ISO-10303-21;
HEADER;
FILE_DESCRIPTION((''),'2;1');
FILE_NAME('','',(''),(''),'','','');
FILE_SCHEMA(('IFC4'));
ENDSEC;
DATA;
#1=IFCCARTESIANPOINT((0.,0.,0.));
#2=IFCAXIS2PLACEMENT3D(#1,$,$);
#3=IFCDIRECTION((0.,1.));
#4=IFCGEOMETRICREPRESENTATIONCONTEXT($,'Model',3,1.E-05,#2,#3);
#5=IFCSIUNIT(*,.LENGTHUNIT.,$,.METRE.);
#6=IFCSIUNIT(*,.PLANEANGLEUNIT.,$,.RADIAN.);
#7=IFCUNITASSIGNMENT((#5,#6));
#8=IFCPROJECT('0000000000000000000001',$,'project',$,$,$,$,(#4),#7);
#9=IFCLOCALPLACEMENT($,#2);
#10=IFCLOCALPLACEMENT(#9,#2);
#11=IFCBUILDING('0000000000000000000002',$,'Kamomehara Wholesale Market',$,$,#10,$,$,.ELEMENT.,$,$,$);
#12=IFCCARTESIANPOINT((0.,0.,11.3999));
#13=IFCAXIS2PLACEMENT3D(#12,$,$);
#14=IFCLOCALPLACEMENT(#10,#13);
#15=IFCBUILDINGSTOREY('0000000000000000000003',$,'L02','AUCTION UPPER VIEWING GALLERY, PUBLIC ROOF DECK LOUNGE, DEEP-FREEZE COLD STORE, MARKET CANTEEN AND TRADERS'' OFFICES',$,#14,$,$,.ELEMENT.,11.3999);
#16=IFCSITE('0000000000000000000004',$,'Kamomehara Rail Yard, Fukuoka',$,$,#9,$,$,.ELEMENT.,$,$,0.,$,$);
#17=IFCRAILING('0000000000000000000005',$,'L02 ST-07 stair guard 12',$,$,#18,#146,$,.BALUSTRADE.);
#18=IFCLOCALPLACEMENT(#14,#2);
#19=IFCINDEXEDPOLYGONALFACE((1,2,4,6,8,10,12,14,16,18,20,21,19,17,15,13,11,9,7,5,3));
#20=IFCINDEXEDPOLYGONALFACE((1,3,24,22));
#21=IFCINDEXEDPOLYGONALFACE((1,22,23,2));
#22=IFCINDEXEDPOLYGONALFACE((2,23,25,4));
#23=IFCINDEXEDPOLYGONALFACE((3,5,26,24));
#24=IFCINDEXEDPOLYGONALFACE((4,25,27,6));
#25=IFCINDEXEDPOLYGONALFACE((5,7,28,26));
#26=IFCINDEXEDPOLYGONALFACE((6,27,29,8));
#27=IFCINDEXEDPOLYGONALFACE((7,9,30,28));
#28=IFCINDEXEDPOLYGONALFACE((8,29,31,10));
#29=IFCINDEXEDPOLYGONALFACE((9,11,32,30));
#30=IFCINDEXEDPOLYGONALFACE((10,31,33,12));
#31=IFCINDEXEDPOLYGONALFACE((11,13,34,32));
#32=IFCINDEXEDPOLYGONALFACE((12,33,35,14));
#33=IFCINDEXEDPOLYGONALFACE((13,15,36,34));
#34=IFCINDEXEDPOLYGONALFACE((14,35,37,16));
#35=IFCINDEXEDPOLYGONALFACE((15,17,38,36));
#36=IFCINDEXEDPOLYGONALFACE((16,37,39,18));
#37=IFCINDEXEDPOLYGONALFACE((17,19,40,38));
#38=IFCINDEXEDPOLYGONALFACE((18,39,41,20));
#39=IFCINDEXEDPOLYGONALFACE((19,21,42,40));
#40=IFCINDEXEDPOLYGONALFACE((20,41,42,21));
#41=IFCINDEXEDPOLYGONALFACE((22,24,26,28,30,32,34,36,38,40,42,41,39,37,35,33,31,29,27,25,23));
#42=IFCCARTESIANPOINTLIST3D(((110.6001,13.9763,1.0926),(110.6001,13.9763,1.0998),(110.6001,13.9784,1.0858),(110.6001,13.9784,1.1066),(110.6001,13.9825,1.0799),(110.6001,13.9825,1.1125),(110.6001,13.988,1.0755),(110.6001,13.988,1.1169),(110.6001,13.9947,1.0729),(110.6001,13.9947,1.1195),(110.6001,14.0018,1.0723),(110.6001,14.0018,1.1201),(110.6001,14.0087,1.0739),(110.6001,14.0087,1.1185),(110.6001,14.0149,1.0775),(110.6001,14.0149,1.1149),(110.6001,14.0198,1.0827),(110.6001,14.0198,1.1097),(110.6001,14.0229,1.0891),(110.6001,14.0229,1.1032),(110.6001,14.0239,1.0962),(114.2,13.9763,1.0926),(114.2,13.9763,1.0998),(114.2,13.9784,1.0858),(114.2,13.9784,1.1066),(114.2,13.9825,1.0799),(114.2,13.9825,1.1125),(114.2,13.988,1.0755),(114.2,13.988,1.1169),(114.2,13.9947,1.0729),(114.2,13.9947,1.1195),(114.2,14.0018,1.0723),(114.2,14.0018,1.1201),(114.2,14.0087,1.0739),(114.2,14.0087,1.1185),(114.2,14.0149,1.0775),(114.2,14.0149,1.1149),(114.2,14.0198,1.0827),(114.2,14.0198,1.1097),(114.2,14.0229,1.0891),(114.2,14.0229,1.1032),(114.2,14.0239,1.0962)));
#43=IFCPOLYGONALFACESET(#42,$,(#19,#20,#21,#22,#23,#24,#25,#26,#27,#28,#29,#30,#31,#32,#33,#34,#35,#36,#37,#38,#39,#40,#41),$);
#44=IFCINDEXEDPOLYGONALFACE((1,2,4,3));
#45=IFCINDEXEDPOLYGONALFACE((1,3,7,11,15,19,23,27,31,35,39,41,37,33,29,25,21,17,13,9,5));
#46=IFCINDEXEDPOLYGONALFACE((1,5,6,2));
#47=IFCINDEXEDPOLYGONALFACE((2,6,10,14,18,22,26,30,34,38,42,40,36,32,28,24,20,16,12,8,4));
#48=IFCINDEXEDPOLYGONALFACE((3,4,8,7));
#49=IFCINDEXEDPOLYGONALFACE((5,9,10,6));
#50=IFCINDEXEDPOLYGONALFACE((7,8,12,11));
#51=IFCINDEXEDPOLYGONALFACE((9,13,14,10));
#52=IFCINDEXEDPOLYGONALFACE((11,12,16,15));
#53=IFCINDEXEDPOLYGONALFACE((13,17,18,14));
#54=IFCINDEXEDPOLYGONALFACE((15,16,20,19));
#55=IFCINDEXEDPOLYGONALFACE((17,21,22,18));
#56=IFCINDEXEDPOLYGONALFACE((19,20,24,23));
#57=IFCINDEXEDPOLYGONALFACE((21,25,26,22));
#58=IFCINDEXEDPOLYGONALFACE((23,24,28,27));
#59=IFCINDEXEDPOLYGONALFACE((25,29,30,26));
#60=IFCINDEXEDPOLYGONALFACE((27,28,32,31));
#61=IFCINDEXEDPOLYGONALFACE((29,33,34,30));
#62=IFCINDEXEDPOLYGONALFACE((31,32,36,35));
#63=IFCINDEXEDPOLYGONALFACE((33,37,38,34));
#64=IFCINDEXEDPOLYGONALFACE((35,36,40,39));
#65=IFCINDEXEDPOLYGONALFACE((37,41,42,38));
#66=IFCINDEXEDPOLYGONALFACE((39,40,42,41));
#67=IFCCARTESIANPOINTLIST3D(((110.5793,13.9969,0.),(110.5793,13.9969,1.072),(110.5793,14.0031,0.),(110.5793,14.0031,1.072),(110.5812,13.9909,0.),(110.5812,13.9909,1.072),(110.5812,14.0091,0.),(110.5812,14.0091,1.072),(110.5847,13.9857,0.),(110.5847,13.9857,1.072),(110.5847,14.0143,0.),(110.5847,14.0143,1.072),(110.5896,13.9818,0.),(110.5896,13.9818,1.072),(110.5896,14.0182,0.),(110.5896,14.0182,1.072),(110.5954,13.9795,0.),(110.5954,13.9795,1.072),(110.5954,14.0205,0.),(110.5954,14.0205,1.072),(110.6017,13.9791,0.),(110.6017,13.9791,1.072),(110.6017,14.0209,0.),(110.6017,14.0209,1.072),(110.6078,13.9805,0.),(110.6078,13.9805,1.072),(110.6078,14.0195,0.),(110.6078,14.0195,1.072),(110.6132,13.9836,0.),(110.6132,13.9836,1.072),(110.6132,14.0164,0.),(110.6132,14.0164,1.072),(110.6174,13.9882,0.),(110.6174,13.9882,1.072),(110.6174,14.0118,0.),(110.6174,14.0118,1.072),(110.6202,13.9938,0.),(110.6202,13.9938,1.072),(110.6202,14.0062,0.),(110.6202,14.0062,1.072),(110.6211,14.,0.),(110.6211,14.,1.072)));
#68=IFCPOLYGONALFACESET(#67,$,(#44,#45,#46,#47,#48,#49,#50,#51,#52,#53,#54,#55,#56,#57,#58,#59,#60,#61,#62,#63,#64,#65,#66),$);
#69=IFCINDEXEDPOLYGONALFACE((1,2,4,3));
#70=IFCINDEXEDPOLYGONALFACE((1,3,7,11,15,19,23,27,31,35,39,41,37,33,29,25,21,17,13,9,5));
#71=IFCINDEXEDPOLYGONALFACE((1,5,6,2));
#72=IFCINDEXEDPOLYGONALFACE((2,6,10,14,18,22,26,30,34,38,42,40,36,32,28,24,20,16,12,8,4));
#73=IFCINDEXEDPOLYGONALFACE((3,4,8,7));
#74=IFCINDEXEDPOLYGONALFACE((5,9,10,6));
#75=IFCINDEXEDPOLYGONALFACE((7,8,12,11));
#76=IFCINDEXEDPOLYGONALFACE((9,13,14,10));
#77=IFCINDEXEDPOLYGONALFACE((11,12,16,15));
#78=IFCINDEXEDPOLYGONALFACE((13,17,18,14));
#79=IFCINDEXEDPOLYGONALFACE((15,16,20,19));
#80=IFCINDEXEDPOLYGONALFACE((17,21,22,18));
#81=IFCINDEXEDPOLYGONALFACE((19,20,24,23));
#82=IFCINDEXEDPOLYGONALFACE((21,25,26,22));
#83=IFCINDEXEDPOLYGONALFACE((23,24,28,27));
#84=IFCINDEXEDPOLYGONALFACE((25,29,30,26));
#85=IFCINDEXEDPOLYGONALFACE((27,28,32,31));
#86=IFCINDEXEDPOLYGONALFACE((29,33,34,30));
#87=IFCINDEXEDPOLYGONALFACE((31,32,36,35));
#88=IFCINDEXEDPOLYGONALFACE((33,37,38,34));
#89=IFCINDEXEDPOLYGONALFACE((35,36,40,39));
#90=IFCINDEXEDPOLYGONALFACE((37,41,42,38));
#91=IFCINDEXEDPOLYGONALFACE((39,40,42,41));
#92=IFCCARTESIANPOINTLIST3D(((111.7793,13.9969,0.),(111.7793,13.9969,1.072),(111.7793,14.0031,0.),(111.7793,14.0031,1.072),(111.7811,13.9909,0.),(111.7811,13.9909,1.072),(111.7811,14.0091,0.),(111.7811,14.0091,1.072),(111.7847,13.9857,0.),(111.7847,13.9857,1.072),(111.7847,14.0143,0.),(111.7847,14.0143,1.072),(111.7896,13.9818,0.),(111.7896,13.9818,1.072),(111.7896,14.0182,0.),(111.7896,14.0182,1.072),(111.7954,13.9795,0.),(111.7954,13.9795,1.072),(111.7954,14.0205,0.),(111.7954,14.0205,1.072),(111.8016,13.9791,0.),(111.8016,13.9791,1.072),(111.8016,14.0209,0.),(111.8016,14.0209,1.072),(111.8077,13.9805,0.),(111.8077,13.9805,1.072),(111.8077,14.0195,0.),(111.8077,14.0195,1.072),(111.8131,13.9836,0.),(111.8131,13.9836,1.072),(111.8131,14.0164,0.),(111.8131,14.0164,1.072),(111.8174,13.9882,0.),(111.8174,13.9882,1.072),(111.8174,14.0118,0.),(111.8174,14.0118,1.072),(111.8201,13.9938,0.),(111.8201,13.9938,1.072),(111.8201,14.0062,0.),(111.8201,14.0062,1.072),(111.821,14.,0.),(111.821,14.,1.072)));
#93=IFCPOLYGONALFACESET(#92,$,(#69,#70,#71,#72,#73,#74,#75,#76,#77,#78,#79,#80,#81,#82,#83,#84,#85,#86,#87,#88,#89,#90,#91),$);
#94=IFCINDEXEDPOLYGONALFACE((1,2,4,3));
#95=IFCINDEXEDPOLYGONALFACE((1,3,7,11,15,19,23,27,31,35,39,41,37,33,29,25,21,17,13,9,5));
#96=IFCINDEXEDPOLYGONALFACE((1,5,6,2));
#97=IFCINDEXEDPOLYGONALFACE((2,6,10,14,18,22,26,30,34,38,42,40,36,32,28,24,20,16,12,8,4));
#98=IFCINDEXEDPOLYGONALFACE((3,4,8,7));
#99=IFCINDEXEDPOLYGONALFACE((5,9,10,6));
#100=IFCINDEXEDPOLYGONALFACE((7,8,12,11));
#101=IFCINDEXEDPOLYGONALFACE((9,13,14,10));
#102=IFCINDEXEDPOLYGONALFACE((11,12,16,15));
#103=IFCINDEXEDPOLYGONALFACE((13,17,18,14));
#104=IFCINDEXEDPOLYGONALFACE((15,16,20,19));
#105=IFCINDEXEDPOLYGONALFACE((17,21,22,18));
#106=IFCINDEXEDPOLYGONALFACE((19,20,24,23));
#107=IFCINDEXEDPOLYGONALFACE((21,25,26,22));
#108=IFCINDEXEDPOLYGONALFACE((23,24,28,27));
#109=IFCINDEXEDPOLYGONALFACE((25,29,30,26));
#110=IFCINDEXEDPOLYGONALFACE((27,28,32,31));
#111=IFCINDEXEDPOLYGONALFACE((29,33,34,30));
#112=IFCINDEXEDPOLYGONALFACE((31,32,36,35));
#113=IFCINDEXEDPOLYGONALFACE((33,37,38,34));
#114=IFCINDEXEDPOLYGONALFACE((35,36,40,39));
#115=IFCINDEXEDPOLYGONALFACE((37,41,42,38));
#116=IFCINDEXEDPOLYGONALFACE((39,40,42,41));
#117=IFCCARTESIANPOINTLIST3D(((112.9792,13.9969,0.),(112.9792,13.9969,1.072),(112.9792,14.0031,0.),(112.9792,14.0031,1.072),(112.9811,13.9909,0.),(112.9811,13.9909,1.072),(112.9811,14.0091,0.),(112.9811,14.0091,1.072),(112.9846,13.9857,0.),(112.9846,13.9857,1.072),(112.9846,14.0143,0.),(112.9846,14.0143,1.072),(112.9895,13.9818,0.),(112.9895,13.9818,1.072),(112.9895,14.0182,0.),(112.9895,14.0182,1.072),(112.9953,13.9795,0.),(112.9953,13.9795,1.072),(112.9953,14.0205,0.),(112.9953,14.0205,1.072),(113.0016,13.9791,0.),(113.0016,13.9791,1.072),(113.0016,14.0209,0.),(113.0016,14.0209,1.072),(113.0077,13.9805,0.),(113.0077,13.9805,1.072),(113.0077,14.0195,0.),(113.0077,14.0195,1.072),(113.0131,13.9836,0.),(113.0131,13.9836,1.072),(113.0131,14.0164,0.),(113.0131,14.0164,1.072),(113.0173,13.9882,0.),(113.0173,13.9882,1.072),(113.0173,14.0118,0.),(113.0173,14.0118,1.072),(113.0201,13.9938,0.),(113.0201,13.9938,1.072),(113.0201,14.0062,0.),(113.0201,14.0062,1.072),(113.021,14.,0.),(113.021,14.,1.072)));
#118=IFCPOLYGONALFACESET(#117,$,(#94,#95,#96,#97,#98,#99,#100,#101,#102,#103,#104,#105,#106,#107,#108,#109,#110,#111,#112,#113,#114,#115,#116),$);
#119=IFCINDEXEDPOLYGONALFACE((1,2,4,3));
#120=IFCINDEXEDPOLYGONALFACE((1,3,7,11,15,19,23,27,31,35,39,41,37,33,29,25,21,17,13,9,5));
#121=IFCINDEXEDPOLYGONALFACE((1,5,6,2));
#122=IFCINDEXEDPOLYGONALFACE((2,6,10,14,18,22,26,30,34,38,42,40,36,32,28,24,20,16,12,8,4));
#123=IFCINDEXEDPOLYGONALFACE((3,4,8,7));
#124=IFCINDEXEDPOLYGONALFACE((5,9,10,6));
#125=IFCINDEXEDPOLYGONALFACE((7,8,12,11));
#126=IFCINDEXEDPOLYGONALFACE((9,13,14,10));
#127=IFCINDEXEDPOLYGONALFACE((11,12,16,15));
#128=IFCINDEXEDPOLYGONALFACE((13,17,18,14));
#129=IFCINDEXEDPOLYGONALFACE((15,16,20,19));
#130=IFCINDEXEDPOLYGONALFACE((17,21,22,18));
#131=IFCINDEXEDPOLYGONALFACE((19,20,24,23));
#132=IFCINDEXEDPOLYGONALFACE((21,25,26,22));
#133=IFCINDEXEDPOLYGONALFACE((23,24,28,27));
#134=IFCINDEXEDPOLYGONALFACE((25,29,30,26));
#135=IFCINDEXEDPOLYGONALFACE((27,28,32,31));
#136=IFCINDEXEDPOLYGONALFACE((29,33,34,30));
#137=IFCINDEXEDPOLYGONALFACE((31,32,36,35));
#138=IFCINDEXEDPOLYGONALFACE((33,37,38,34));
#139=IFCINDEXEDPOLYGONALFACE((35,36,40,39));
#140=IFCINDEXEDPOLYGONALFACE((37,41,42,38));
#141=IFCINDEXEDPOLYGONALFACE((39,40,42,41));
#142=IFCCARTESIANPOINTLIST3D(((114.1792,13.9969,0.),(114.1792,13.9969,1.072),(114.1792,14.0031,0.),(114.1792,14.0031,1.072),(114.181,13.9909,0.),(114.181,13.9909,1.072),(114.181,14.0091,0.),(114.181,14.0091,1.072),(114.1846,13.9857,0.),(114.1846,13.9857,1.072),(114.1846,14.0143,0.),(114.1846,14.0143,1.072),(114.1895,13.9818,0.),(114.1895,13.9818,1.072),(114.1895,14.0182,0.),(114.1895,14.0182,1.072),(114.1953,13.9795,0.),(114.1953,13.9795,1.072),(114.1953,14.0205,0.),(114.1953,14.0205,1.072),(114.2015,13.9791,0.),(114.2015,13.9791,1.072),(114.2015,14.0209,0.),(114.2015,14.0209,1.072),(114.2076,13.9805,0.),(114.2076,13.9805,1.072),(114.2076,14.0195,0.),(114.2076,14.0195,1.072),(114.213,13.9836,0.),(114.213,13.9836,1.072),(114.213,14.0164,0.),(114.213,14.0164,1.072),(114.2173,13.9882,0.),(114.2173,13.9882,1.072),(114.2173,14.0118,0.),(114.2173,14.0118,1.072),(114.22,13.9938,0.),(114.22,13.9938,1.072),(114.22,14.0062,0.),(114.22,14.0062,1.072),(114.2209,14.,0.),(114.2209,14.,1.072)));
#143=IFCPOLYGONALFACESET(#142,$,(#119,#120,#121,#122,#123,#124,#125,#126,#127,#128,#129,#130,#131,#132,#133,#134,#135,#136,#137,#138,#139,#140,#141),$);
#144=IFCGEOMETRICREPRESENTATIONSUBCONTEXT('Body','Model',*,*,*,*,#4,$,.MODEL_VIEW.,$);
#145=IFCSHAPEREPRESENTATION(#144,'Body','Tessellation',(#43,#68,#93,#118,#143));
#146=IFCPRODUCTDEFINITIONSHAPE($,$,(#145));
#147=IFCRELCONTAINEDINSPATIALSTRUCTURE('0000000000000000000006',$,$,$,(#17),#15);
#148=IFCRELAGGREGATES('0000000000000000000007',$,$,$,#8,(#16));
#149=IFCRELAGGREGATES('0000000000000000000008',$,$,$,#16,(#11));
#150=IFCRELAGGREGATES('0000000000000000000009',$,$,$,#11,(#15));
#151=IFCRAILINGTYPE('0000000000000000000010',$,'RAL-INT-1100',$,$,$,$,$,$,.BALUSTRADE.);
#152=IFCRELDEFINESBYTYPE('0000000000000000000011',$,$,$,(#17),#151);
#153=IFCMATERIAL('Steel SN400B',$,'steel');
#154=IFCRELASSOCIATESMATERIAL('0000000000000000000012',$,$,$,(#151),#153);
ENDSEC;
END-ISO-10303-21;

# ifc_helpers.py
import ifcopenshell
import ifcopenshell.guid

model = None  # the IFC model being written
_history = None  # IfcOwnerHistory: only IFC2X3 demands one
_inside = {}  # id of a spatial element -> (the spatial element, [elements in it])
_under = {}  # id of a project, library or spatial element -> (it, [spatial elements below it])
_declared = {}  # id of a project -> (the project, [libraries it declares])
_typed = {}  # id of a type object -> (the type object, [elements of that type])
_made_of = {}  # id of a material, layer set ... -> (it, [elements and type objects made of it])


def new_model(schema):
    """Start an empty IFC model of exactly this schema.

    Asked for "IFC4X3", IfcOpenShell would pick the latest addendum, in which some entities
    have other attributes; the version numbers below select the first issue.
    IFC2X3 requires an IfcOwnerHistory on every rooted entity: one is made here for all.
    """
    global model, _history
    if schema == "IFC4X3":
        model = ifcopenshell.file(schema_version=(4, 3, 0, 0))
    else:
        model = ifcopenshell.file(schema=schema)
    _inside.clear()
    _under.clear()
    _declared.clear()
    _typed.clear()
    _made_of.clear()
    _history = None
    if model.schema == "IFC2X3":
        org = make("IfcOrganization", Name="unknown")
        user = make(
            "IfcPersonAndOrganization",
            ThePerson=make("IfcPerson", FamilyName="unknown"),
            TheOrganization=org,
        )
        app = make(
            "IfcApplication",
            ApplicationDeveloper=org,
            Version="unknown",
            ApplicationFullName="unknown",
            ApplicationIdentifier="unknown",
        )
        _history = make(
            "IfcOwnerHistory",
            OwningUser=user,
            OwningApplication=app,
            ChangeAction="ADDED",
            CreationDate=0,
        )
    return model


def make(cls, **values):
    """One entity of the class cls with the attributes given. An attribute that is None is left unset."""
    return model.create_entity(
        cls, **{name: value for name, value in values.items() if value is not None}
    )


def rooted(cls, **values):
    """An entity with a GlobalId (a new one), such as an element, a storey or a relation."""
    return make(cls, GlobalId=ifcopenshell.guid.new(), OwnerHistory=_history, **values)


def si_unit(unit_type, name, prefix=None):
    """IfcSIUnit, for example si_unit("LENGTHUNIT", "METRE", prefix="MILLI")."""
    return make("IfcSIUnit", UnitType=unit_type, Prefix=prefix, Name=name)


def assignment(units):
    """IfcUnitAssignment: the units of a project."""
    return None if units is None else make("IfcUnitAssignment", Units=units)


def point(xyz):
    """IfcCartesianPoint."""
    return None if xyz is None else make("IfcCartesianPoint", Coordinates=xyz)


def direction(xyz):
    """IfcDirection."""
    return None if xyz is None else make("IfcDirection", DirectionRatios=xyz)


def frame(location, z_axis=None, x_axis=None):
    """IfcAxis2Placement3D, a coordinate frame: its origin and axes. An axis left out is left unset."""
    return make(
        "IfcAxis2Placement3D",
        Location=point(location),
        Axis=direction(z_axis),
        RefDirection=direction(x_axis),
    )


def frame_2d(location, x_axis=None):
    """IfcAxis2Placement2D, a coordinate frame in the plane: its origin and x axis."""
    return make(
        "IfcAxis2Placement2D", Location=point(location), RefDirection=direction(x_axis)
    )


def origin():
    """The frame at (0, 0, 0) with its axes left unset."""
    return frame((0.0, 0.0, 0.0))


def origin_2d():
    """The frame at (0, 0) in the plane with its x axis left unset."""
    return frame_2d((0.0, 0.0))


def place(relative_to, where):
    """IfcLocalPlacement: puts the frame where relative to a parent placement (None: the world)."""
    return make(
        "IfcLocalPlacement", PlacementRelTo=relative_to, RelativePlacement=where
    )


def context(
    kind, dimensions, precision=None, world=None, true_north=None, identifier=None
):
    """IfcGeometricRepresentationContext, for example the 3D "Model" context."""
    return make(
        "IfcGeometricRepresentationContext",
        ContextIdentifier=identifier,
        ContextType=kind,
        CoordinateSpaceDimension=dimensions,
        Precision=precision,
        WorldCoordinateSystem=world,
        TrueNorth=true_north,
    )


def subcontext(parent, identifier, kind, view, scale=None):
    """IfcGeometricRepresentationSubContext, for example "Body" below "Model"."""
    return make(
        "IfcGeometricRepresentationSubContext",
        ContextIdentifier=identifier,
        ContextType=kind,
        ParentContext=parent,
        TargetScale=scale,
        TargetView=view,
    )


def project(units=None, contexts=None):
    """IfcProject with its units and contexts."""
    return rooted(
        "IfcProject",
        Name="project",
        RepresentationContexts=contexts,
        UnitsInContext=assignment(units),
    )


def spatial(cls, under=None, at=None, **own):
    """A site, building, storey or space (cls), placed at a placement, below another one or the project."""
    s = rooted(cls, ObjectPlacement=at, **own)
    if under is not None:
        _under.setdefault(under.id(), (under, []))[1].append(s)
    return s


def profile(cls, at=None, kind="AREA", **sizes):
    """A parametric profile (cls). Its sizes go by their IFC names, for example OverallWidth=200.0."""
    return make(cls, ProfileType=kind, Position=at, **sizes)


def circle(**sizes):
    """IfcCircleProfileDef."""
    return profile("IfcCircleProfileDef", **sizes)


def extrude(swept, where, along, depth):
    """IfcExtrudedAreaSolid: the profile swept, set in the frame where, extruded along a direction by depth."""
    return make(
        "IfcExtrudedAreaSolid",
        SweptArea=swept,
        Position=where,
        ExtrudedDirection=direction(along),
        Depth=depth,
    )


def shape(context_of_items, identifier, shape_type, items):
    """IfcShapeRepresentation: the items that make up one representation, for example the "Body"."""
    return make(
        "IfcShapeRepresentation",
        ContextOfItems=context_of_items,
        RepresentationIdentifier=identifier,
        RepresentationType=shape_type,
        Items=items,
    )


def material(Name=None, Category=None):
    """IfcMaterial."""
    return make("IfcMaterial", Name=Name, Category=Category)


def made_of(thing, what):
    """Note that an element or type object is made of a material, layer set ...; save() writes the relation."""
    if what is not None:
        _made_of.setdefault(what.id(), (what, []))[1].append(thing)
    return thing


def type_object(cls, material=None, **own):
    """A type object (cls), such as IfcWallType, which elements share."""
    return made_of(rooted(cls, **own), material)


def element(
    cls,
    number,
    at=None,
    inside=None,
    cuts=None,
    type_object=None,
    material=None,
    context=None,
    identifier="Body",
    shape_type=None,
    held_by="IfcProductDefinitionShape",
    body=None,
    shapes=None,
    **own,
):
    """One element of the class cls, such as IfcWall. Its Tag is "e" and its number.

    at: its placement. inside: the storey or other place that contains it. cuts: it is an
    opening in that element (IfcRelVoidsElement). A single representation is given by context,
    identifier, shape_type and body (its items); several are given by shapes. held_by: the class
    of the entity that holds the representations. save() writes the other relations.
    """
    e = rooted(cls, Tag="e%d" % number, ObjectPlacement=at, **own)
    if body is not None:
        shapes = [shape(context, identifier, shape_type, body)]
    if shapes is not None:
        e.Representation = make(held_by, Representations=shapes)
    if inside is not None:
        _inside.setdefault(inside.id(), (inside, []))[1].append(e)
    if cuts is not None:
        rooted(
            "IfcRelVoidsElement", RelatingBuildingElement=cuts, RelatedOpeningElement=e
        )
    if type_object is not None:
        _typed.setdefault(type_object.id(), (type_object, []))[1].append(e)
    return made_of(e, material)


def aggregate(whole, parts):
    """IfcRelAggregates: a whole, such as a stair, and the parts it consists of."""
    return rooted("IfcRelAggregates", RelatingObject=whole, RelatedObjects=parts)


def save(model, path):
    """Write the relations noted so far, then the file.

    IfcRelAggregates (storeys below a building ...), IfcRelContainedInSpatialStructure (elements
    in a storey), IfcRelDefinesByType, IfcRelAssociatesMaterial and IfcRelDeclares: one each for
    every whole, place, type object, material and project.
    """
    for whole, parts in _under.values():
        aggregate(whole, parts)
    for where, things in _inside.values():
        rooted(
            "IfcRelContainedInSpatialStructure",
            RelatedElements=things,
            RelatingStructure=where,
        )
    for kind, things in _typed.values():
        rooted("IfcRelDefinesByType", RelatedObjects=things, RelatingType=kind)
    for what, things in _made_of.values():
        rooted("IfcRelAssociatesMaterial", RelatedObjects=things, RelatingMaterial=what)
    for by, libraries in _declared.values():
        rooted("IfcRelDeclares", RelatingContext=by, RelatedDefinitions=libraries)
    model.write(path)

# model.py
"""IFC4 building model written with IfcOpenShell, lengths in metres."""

from ifc_helpers import new_model, si_unit, direction, frame, origin, origin_2d, place, context, subcontext, project, spatial, circle, extrude, material, type_object, element, save


model = new_model("IFC4")

# Units and contexts
model_context = context("Model", 3, precision=1e-05, world=origin(), true_north=direction((0.0, 1.0)))
body_context = subcontext(model_context, "Body", "Model", "MODEL_VIEW")
ifc_project = project(units=[si_unit("LENGTHUNIT", "METRE"), si_unit("PLANEANGLEUNIT", "RADIAN")], contexts=[model_context])

# Site, building, storey
site_placement = place(None, origin())
site = spatial("IfcSite", under=ifc_project, at=site_placement, Name="Kamomehara Rail Yard, Fukuoka", CompositionType="ELEMENT", RefElevation=0.0)
building_placement = place(site_placement, origin())
building = spatial("IfcBuilding", under=site, at=building_placement, Name="Kamomehara Wholesale Market", CompositionType="ELEMENT")
storey_placement = place(building_placement, frame((0.0, 0.0, 11.3999)))
storey = spatial("IfcBuildingStorey", under=building, at=storey_placement, Name="L02", Description="AUCTION UPPER VIEWING GALLERY, PUBLIC ROOF DECK LOUNGE, DEEP-FREEZE COLD STORE, MARKET CANTEEN AND TRADERS' OFFICES", CompositionType="ELEMENT", Elevation=11.3999)

# Railing
ifc_material_1 = material(Name="Steel SN400B", Category="steel")
railing_type_1 = type_object("IfcRailingType", Name="RAL-INT-1100", PredefinedType="BALUSTRADE", material=ifc_material_1)
railing_1_placement = place(storey_placement, frame((110.6001, 14.0, 0.0)))
element("IfcRailing", 1, at=railing_1_placement, inside=storey, type_object=railing_type_1, Name="L02 ST-07 stair guard 12", PredefinedType="BALUSTRADE", context=body_context, shape_type="SweptSolid", body=[
    extrude(circle(Radius=0.0239, at=origin_2d()), frame((0.0, 0.0, 1.0962), z_axis=(1.0, 0.0, 0.0), x_axis=(0.0, 1.0, 0.0)), (0.0, 0.0, 1.0), 3.5999),
    extrude(circle(Radius=0.021, at=origin_2d()), origin(), (0.0, 0.0, 1.0), 1.072),
    extrude(circle(Radius=0.021, at=origin_2d()), frame((1.2, 0.0, 0.0)), (0.0, 0.0, 1.0), 1.072),
    extrude(circle(Radius=0.021, at=origin_2d()), frame((2.3999, 0.0, 0.0)), (0.0, 0.0, 1.0), 1.072),
    extrude(circle(Radius=0.021, at=origin_2d()), frame((3.5999, 0.0, 0.0)), (0.0, 0.0, 1.0), 1.072),
])

save(model, "model.ifc")
